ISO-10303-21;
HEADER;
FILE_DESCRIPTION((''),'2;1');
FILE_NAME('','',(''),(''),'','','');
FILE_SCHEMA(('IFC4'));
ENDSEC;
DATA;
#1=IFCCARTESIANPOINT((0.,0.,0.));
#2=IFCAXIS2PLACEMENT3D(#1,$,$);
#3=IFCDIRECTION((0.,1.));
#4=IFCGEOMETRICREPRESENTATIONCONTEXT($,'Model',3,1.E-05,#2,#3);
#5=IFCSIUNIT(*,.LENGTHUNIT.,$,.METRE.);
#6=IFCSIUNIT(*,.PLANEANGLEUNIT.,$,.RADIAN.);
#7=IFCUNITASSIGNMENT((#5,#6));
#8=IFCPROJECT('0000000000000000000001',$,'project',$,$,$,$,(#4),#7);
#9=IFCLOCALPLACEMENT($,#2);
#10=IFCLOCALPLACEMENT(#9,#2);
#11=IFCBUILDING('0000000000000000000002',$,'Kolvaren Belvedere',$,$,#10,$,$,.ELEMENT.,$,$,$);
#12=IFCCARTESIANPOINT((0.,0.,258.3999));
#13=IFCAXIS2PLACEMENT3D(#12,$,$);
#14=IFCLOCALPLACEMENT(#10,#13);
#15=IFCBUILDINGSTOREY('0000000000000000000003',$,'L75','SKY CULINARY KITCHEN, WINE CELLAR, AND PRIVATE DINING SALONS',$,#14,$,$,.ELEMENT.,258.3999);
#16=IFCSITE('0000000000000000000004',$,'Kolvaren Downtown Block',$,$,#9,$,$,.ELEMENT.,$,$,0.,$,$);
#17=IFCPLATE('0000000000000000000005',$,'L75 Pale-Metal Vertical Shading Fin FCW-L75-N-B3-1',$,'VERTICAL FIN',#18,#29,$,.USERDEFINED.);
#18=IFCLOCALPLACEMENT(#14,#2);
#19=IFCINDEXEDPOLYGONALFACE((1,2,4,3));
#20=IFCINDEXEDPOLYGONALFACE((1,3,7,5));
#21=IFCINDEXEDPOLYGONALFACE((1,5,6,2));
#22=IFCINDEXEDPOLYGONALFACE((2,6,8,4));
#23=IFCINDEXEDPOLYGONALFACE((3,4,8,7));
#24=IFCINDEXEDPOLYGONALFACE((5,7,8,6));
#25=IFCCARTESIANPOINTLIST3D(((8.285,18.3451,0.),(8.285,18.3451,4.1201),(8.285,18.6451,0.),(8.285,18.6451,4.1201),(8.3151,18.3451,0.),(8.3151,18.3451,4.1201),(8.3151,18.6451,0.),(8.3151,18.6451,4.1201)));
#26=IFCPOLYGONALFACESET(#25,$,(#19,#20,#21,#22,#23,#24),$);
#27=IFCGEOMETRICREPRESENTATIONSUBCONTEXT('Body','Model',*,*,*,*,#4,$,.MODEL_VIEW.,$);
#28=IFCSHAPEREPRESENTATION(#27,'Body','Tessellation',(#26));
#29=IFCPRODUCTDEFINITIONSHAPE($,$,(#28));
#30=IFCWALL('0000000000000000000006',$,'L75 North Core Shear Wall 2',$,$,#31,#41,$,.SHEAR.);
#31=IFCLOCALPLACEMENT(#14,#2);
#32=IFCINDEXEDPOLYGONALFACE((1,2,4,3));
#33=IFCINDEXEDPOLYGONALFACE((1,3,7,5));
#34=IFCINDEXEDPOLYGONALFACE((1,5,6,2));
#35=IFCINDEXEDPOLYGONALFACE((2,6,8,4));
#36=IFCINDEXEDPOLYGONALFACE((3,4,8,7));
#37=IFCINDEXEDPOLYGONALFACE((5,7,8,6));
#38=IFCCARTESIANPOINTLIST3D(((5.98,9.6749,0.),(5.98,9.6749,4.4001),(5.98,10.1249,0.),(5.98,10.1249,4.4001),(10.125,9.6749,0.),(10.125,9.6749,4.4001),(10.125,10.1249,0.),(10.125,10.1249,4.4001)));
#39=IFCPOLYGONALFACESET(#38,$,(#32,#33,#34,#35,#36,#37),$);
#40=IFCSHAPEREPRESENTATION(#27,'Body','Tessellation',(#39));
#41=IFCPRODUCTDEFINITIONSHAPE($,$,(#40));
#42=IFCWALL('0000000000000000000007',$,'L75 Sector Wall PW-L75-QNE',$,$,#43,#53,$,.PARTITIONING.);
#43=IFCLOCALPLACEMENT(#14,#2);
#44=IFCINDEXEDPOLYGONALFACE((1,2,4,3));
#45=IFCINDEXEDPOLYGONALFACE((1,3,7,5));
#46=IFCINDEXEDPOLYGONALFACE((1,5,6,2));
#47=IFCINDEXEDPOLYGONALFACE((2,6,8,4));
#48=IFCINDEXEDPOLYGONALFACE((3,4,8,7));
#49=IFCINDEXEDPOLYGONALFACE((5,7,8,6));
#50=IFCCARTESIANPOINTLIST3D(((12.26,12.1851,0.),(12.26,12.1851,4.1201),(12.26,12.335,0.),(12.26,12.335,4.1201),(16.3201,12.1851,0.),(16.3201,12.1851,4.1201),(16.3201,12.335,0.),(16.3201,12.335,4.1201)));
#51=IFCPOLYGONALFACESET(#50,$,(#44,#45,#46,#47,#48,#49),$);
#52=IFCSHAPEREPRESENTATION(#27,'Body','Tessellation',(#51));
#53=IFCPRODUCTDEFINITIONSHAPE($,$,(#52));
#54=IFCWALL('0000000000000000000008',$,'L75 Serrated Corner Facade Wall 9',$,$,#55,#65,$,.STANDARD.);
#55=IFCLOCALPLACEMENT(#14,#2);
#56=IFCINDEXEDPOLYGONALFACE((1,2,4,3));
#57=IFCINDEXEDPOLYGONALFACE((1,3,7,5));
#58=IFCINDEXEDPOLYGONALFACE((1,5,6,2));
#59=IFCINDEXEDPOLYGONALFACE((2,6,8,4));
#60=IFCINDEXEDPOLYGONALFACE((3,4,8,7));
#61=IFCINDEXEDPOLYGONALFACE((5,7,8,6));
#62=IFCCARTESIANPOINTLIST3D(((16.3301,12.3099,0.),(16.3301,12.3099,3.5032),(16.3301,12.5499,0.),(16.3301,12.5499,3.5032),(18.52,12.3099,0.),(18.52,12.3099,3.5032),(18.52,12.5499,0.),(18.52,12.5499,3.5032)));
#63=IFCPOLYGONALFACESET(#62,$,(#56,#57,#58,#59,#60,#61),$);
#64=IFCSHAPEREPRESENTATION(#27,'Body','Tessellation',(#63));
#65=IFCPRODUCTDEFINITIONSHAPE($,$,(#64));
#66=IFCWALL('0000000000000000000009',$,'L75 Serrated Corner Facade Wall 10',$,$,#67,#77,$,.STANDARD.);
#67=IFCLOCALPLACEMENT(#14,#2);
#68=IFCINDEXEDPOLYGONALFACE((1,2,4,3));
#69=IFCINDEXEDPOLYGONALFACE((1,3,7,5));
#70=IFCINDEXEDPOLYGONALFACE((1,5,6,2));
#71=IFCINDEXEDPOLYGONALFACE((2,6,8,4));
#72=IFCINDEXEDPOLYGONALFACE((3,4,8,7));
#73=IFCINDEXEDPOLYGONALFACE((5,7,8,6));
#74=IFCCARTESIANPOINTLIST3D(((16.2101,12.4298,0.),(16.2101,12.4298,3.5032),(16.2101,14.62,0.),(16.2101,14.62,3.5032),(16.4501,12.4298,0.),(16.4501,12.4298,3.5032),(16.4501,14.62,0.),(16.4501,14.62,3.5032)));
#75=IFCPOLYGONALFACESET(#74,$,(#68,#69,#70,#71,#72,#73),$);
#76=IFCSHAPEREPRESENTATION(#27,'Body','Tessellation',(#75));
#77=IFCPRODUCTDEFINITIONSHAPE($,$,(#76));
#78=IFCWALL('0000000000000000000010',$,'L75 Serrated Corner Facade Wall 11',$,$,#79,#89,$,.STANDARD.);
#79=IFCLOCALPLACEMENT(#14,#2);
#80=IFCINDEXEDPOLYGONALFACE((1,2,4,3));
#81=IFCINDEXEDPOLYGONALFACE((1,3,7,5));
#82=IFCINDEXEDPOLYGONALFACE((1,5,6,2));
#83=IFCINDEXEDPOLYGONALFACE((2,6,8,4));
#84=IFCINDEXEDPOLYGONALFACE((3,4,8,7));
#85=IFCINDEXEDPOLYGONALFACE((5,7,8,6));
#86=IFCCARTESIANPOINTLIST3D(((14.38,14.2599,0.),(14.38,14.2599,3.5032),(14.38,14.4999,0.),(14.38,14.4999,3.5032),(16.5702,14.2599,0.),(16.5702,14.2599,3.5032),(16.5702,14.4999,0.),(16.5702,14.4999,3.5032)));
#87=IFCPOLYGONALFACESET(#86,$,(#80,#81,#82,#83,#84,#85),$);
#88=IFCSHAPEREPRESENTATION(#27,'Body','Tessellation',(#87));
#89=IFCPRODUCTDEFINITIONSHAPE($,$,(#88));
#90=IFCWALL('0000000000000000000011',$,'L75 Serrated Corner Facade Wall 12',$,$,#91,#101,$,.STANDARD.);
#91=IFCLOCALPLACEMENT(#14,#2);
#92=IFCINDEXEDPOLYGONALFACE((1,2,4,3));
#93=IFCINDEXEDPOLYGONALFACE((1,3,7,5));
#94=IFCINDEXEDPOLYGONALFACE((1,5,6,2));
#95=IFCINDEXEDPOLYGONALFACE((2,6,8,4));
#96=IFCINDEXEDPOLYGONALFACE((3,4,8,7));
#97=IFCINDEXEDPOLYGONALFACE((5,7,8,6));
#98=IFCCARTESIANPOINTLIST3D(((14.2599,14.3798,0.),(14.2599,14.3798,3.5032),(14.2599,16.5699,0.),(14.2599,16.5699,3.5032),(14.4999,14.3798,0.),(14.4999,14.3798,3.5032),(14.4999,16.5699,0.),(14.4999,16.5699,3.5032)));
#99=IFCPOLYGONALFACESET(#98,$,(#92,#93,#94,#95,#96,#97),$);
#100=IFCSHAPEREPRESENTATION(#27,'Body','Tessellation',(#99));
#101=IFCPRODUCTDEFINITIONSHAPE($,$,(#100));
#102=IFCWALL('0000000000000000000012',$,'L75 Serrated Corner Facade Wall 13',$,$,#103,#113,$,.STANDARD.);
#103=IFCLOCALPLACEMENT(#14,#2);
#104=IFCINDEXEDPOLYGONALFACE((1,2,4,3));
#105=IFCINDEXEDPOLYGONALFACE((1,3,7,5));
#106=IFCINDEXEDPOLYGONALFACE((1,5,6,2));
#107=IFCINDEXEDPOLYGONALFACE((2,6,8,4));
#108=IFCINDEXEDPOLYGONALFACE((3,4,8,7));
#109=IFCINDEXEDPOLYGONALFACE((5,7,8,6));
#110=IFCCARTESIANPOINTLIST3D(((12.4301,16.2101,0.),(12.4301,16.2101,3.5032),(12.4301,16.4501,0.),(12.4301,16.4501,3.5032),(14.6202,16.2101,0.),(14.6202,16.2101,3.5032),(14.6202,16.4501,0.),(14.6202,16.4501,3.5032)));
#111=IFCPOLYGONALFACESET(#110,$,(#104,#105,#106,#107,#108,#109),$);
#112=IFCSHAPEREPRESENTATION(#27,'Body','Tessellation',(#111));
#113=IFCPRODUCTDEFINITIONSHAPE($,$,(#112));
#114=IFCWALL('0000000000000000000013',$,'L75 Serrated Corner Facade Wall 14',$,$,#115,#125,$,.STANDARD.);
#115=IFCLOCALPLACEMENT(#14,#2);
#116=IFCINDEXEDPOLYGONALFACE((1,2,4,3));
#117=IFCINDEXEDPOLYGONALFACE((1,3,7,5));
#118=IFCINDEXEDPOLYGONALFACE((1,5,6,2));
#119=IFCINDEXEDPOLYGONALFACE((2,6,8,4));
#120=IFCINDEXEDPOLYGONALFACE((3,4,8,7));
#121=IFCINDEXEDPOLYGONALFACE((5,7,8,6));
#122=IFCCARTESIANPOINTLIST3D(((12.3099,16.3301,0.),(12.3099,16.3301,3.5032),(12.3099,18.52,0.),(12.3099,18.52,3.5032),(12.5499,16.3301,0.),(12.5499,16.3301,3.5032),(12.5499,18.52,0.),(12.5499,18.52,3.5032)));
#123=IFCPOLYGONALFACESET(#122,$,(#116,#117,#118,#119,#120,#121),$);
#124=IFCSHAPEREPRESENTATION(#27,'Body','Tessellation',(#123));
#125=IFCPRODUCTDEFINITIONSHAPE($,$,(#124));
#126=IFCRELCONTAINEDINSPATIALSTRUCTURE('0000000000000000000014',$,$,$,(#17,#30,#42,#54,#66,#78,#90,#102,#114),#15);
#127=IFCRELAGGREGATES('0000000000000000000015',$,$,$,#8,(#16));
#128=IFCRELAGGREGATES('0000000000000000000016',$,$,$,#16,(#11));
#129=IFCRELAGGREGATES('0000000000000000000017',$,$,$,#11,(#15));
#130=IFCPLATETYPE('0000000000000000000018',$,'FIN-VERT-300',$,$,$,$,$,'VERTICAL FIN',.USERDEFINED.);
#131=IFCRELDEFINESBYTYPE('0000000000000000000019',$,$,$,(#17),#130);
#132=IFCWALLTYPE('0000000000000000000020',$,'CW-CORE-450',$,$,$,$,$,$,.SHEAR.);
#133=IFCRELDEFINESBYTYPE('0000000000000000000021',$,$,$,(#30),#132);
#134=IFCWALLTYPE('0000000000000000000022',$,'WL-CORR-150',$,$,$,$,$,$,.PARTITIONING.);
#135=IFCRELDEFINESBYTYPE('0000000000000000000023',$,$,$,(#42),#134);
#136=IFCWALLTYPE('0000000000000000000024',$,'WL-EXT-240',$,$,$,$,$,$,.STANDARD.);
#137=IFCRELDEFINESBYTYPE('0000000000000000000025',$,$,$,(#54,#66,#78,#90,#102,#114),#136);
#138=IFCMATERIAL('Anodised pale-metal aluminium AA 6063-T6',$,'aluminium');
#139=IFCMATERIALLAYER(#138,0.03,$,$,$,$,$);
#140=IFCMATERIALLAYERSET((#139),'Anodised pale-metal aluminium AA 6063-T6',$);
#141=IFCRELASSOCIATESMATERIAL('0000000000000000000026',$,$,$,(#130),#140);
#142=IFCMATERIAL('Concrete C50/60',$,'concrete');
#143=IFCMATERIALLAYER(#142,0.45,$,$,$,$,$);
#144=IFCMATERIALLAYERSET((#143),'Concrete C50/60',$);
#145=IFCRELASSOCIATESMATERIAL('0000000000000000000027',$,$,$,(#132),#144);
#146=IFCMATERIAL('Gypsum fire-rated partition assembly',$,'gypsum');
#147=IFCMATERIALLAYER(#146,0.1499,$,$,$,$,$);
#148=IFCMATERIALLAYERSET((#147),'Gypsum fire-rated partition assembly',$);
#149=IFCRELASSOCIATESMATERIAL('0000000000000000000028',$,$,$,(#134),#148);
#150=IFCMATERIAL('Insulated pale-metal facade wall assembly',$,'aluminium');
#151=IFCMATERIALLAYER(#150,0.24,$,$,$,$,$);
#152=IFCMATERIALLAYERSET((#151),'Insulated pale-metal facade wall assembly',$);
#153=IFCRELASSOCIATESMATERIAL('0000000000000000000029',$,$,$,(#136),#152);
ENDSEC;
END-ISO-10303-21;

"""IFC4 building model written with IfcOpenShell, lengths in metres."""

from ifc_helpers import new_model, si_unit, direction, frame, frame_2d, origin, origin_2d, place, context, subcontext, project, spatial, rectangle, extrude, material, layer, layer_set, type_object, element, save


model = new_model("IFC4")

# Units and contexts
model_context = context("Model", 3, precision=1e-05, world=origin(), true_north=direction((0.0, 1.0)))
body_context = subcontext(model_context, "Body", "Model", "MODEL_VIEW")
ifc_project = project(units=[si_unit("LENGTHUNIT", "METRE"), si_unit("PLANEANGLEUNIT", "RADIAN")], contexts=[model_context])

# Site, building, storey
site_placement = place(None, origin())
site = spatial("IfcSite", under=ifc_project, at=site_placement, Name="Kolvaren Downtown Block", CompositionType="ELEMENT", RefElevation=0.0)
building_placement = place(site_placement, origin())
building = spatial("IfcBuilding", under=site, at=building_placement, Name="Kolvaren Belvedere", CompositionType="ELEMENT")
storey_placement = place(building_placement, frame((0.0, 0.0, 258.3999)))
storey = spatial("IfcBuildingStorey", under=building, at=storey_placement, Name="L75", Description="SKY CULINARY KITCHEN, WINE CELLAR, AND PRIVATE DINING SALONS", CompositionType="ELEMENT", Elevation=258.3999)

# Plate
ifc_material_1 = material(Name="Anodised pale-metal aluminium AA 6063-T6", Category="aluminium")
ifc_layer_1 = layer(ifc_material_1, 0.03)
ifc_layer_set_1 = layer_set([ifc_layer_1], Name="Anodised pale-metal aluminium AA 6063-T6")
plate_type_1 = type_object("IfcPlateType", Name="FIN-VERT-300", ElementType="VERTICAL FIN", PredefinedType="USERDEFINED", material=ifc_layer_set_1)
for number, where, z_axis, x_axis, name in (
    (1, (8.3, 18.4951, 0.0), (0.0, 0.0, 1.0), (0.0, 1.0, 0.0), "L75 Pale-Metal Vertical Shading Fin FCW-L75-N-B3-1"),
):
    element("IfcPlate", number, at=place(storey_placement, frame(where, z_axis=z_axis, x_axis=x_axis)), inside=storey, type_object=plate_type_1, Name=name, ObjectType="VERTICAL FIN", PredefinedType="USERDEFINED", context=body_context, shape_type="SweptSolid", body=[
        extrude(rectangle(XDim=0.3, YDim=0.03, at=origin_2d()), origin(), (0.0, 0.0, 1.0), 4.1201),
    ])

# Walls
ifc_material_2 = material(Name="Concrete C50/60", Category="concrete")
ifc_layer_2 = layer(ifc_material_2, 0.45)
ifc_layer_set_2 = layer_set([ifc_layer_2], Name="Concrete C50/60")
wall_type_1 = type_object("IfcWallType", Name="CW-CORE-450", PredefinedType="SHEAR", material=ifc_layer_set_2)
wall_1_placement = place(storey_placement, frame((5.98, 9.8999, 0.0), z_axis=(0.0, 0.0, 1.0), x_axis=(1.0, 0.0, 0.0)))
element("IfcWall", 2, at=wall_1_placement, inside=storey, type_object=wall_type_1, Name="L75 North Core Shear Wall 2", PredefinedType="SHEAR", context=body_context, shape_type="SweptSolid", body=[
    extrude(rectangle(XDim=4.145, YDim=0.45, at=frame_2d((2.0725, 0.0))), origin(), (0.0, 0.0, 1.0), 4.4001),
])
ifc_material_3 = material(Name="Gypsum fire-rated partition assembly", Category="gypsum")
ifc_layer_3 = layer(ifc_material_3, 0.1499)
ifc_layer_set_3 = layer_set([ifc_layer_3], Name="Gypsum fire-rated partition assembly")
wall_type_2 = type_object("IfcWallType", Name="WL-CORR-150", PredefinedType="PARTITIONING", material=ifc_layer_set_3)
wall_2_placement = place(storey_placement, frame((12.26, 12.26, 0.0), z_axis=(0.0, 0.0, 1.0), x_axis=(1.0, 0.0, 0.0)))
element("IfcWall", 3, at=wall_2_placement, inside=storey, type_object=wall_type_2, Name="L75 Sector Wall PW-L75-QNE", PredefinedType="PARTITIONING", context=body_context, shape_type="SweptSolid", body=[
    extrude(rectangle(XDim=4.0601, YDim=0.1499, at=frame_2d((2.03, 0.0))), origin(), (0.0, 0.0, 1.0), 4.1201),
])
ifc_material_4 = material(Name="Insulated pale-metal facade wall assembly", Category="aluminium")
ifc_layer_4 = layer(ifc_material_4, 0.24)
ifc_layer_set_4 = layer_set([ifc_layer_4], Name="Insulated pale-metal facade wall assembly")
wall_type_3 = type_object("IfcWallType", Name="WL-EXT-240", PredefinedType="STANDARD", material=ifc_layer_set_4)
wall_3_placement = place(storey_placement, frame((16.3301, 12.4299, 0.0), z_axis=(0.0, 0.0, 1.0), x_axis=(1.0, 0.0, 0.0)))
element("IfcWall", 4, at=wall_3_placement, inside=storey, type_object=wall_type_3, Name="L75 Serrated Corner Facade Wall 9", PredefinedType="STANDARD", context=body_context, shape_type="SweptSolid", body=[
    extrude(rectangle(XDim=2.1899, YDim=0.24, at=frame_2d((1.095, 0.0))), origin(), (0.0, 0.0, 1.0), 3.5032),
])
for number, where, z_axis, x_axis, name in (
    (5, (16.3301, 14.6201, 0.0), (0.0, 0.0, 1.0), (0.0, -1.0, 0.0), "L75 Serrated Corner Facade Wall 10"),
    (6, (14.3799, 14.3799, 0.0), (0.0, 0.0, 1.0), (1.0, 0.0, 0.0), "L75 Serrated Corner Facade Wall 11"),
    (7, (14.3799, 16.5701, 0.0), (0.0, 0.0, 1.0), (0.0, -1.0, 0.0), "L75 Serrated Corner Facade Wall 12"),
    (8, (12.4299, 16.3301, 0.0), (0.0, 0.0, 1.0), (1.0, 0.0, 0.0), "L75 Serrated Corner Facade Wall 13"),
):
    element("IfcWall", number, at=place(storey_placement, frame(where, z_axis=z_axis, x_axis=x_axis)), inside=storey, type_object=wall_type_3, Name=name, PredefinedType="STANDARD", context=body_context, shape_type="SweptSolid", body=[
        extrude(rectangle(XDim=2.1902, YDim=0.24, at=frame_2d((1.0952, 0.0))), origin(), (0.0, 0.0, 1.0), 3.5032),
    ])
wall_4_placement = place(storey_placement, frame((12.4299, 18.52, 0.0), z_axis=(0.0, 0.0, 1.0), x_axis=(0.0, -1.0, 0.0)))
element("IfcWall", 9, at=wall_4_placement, inside=storey, type_object=wall_type_3, Name="L75 Serrated Corner Facade Wall 14", PredefinedType="STANDARD", context=body_context, shape_type="SweptSolid", body=[
    extrude(rectangle(XDim=2.1899, YDim=0.24, at=frame_2d((1.095, 0.0))), origin(), (0.0, 0.0, 1.0), 3.5032),
])

save(model, "model.ifc")
